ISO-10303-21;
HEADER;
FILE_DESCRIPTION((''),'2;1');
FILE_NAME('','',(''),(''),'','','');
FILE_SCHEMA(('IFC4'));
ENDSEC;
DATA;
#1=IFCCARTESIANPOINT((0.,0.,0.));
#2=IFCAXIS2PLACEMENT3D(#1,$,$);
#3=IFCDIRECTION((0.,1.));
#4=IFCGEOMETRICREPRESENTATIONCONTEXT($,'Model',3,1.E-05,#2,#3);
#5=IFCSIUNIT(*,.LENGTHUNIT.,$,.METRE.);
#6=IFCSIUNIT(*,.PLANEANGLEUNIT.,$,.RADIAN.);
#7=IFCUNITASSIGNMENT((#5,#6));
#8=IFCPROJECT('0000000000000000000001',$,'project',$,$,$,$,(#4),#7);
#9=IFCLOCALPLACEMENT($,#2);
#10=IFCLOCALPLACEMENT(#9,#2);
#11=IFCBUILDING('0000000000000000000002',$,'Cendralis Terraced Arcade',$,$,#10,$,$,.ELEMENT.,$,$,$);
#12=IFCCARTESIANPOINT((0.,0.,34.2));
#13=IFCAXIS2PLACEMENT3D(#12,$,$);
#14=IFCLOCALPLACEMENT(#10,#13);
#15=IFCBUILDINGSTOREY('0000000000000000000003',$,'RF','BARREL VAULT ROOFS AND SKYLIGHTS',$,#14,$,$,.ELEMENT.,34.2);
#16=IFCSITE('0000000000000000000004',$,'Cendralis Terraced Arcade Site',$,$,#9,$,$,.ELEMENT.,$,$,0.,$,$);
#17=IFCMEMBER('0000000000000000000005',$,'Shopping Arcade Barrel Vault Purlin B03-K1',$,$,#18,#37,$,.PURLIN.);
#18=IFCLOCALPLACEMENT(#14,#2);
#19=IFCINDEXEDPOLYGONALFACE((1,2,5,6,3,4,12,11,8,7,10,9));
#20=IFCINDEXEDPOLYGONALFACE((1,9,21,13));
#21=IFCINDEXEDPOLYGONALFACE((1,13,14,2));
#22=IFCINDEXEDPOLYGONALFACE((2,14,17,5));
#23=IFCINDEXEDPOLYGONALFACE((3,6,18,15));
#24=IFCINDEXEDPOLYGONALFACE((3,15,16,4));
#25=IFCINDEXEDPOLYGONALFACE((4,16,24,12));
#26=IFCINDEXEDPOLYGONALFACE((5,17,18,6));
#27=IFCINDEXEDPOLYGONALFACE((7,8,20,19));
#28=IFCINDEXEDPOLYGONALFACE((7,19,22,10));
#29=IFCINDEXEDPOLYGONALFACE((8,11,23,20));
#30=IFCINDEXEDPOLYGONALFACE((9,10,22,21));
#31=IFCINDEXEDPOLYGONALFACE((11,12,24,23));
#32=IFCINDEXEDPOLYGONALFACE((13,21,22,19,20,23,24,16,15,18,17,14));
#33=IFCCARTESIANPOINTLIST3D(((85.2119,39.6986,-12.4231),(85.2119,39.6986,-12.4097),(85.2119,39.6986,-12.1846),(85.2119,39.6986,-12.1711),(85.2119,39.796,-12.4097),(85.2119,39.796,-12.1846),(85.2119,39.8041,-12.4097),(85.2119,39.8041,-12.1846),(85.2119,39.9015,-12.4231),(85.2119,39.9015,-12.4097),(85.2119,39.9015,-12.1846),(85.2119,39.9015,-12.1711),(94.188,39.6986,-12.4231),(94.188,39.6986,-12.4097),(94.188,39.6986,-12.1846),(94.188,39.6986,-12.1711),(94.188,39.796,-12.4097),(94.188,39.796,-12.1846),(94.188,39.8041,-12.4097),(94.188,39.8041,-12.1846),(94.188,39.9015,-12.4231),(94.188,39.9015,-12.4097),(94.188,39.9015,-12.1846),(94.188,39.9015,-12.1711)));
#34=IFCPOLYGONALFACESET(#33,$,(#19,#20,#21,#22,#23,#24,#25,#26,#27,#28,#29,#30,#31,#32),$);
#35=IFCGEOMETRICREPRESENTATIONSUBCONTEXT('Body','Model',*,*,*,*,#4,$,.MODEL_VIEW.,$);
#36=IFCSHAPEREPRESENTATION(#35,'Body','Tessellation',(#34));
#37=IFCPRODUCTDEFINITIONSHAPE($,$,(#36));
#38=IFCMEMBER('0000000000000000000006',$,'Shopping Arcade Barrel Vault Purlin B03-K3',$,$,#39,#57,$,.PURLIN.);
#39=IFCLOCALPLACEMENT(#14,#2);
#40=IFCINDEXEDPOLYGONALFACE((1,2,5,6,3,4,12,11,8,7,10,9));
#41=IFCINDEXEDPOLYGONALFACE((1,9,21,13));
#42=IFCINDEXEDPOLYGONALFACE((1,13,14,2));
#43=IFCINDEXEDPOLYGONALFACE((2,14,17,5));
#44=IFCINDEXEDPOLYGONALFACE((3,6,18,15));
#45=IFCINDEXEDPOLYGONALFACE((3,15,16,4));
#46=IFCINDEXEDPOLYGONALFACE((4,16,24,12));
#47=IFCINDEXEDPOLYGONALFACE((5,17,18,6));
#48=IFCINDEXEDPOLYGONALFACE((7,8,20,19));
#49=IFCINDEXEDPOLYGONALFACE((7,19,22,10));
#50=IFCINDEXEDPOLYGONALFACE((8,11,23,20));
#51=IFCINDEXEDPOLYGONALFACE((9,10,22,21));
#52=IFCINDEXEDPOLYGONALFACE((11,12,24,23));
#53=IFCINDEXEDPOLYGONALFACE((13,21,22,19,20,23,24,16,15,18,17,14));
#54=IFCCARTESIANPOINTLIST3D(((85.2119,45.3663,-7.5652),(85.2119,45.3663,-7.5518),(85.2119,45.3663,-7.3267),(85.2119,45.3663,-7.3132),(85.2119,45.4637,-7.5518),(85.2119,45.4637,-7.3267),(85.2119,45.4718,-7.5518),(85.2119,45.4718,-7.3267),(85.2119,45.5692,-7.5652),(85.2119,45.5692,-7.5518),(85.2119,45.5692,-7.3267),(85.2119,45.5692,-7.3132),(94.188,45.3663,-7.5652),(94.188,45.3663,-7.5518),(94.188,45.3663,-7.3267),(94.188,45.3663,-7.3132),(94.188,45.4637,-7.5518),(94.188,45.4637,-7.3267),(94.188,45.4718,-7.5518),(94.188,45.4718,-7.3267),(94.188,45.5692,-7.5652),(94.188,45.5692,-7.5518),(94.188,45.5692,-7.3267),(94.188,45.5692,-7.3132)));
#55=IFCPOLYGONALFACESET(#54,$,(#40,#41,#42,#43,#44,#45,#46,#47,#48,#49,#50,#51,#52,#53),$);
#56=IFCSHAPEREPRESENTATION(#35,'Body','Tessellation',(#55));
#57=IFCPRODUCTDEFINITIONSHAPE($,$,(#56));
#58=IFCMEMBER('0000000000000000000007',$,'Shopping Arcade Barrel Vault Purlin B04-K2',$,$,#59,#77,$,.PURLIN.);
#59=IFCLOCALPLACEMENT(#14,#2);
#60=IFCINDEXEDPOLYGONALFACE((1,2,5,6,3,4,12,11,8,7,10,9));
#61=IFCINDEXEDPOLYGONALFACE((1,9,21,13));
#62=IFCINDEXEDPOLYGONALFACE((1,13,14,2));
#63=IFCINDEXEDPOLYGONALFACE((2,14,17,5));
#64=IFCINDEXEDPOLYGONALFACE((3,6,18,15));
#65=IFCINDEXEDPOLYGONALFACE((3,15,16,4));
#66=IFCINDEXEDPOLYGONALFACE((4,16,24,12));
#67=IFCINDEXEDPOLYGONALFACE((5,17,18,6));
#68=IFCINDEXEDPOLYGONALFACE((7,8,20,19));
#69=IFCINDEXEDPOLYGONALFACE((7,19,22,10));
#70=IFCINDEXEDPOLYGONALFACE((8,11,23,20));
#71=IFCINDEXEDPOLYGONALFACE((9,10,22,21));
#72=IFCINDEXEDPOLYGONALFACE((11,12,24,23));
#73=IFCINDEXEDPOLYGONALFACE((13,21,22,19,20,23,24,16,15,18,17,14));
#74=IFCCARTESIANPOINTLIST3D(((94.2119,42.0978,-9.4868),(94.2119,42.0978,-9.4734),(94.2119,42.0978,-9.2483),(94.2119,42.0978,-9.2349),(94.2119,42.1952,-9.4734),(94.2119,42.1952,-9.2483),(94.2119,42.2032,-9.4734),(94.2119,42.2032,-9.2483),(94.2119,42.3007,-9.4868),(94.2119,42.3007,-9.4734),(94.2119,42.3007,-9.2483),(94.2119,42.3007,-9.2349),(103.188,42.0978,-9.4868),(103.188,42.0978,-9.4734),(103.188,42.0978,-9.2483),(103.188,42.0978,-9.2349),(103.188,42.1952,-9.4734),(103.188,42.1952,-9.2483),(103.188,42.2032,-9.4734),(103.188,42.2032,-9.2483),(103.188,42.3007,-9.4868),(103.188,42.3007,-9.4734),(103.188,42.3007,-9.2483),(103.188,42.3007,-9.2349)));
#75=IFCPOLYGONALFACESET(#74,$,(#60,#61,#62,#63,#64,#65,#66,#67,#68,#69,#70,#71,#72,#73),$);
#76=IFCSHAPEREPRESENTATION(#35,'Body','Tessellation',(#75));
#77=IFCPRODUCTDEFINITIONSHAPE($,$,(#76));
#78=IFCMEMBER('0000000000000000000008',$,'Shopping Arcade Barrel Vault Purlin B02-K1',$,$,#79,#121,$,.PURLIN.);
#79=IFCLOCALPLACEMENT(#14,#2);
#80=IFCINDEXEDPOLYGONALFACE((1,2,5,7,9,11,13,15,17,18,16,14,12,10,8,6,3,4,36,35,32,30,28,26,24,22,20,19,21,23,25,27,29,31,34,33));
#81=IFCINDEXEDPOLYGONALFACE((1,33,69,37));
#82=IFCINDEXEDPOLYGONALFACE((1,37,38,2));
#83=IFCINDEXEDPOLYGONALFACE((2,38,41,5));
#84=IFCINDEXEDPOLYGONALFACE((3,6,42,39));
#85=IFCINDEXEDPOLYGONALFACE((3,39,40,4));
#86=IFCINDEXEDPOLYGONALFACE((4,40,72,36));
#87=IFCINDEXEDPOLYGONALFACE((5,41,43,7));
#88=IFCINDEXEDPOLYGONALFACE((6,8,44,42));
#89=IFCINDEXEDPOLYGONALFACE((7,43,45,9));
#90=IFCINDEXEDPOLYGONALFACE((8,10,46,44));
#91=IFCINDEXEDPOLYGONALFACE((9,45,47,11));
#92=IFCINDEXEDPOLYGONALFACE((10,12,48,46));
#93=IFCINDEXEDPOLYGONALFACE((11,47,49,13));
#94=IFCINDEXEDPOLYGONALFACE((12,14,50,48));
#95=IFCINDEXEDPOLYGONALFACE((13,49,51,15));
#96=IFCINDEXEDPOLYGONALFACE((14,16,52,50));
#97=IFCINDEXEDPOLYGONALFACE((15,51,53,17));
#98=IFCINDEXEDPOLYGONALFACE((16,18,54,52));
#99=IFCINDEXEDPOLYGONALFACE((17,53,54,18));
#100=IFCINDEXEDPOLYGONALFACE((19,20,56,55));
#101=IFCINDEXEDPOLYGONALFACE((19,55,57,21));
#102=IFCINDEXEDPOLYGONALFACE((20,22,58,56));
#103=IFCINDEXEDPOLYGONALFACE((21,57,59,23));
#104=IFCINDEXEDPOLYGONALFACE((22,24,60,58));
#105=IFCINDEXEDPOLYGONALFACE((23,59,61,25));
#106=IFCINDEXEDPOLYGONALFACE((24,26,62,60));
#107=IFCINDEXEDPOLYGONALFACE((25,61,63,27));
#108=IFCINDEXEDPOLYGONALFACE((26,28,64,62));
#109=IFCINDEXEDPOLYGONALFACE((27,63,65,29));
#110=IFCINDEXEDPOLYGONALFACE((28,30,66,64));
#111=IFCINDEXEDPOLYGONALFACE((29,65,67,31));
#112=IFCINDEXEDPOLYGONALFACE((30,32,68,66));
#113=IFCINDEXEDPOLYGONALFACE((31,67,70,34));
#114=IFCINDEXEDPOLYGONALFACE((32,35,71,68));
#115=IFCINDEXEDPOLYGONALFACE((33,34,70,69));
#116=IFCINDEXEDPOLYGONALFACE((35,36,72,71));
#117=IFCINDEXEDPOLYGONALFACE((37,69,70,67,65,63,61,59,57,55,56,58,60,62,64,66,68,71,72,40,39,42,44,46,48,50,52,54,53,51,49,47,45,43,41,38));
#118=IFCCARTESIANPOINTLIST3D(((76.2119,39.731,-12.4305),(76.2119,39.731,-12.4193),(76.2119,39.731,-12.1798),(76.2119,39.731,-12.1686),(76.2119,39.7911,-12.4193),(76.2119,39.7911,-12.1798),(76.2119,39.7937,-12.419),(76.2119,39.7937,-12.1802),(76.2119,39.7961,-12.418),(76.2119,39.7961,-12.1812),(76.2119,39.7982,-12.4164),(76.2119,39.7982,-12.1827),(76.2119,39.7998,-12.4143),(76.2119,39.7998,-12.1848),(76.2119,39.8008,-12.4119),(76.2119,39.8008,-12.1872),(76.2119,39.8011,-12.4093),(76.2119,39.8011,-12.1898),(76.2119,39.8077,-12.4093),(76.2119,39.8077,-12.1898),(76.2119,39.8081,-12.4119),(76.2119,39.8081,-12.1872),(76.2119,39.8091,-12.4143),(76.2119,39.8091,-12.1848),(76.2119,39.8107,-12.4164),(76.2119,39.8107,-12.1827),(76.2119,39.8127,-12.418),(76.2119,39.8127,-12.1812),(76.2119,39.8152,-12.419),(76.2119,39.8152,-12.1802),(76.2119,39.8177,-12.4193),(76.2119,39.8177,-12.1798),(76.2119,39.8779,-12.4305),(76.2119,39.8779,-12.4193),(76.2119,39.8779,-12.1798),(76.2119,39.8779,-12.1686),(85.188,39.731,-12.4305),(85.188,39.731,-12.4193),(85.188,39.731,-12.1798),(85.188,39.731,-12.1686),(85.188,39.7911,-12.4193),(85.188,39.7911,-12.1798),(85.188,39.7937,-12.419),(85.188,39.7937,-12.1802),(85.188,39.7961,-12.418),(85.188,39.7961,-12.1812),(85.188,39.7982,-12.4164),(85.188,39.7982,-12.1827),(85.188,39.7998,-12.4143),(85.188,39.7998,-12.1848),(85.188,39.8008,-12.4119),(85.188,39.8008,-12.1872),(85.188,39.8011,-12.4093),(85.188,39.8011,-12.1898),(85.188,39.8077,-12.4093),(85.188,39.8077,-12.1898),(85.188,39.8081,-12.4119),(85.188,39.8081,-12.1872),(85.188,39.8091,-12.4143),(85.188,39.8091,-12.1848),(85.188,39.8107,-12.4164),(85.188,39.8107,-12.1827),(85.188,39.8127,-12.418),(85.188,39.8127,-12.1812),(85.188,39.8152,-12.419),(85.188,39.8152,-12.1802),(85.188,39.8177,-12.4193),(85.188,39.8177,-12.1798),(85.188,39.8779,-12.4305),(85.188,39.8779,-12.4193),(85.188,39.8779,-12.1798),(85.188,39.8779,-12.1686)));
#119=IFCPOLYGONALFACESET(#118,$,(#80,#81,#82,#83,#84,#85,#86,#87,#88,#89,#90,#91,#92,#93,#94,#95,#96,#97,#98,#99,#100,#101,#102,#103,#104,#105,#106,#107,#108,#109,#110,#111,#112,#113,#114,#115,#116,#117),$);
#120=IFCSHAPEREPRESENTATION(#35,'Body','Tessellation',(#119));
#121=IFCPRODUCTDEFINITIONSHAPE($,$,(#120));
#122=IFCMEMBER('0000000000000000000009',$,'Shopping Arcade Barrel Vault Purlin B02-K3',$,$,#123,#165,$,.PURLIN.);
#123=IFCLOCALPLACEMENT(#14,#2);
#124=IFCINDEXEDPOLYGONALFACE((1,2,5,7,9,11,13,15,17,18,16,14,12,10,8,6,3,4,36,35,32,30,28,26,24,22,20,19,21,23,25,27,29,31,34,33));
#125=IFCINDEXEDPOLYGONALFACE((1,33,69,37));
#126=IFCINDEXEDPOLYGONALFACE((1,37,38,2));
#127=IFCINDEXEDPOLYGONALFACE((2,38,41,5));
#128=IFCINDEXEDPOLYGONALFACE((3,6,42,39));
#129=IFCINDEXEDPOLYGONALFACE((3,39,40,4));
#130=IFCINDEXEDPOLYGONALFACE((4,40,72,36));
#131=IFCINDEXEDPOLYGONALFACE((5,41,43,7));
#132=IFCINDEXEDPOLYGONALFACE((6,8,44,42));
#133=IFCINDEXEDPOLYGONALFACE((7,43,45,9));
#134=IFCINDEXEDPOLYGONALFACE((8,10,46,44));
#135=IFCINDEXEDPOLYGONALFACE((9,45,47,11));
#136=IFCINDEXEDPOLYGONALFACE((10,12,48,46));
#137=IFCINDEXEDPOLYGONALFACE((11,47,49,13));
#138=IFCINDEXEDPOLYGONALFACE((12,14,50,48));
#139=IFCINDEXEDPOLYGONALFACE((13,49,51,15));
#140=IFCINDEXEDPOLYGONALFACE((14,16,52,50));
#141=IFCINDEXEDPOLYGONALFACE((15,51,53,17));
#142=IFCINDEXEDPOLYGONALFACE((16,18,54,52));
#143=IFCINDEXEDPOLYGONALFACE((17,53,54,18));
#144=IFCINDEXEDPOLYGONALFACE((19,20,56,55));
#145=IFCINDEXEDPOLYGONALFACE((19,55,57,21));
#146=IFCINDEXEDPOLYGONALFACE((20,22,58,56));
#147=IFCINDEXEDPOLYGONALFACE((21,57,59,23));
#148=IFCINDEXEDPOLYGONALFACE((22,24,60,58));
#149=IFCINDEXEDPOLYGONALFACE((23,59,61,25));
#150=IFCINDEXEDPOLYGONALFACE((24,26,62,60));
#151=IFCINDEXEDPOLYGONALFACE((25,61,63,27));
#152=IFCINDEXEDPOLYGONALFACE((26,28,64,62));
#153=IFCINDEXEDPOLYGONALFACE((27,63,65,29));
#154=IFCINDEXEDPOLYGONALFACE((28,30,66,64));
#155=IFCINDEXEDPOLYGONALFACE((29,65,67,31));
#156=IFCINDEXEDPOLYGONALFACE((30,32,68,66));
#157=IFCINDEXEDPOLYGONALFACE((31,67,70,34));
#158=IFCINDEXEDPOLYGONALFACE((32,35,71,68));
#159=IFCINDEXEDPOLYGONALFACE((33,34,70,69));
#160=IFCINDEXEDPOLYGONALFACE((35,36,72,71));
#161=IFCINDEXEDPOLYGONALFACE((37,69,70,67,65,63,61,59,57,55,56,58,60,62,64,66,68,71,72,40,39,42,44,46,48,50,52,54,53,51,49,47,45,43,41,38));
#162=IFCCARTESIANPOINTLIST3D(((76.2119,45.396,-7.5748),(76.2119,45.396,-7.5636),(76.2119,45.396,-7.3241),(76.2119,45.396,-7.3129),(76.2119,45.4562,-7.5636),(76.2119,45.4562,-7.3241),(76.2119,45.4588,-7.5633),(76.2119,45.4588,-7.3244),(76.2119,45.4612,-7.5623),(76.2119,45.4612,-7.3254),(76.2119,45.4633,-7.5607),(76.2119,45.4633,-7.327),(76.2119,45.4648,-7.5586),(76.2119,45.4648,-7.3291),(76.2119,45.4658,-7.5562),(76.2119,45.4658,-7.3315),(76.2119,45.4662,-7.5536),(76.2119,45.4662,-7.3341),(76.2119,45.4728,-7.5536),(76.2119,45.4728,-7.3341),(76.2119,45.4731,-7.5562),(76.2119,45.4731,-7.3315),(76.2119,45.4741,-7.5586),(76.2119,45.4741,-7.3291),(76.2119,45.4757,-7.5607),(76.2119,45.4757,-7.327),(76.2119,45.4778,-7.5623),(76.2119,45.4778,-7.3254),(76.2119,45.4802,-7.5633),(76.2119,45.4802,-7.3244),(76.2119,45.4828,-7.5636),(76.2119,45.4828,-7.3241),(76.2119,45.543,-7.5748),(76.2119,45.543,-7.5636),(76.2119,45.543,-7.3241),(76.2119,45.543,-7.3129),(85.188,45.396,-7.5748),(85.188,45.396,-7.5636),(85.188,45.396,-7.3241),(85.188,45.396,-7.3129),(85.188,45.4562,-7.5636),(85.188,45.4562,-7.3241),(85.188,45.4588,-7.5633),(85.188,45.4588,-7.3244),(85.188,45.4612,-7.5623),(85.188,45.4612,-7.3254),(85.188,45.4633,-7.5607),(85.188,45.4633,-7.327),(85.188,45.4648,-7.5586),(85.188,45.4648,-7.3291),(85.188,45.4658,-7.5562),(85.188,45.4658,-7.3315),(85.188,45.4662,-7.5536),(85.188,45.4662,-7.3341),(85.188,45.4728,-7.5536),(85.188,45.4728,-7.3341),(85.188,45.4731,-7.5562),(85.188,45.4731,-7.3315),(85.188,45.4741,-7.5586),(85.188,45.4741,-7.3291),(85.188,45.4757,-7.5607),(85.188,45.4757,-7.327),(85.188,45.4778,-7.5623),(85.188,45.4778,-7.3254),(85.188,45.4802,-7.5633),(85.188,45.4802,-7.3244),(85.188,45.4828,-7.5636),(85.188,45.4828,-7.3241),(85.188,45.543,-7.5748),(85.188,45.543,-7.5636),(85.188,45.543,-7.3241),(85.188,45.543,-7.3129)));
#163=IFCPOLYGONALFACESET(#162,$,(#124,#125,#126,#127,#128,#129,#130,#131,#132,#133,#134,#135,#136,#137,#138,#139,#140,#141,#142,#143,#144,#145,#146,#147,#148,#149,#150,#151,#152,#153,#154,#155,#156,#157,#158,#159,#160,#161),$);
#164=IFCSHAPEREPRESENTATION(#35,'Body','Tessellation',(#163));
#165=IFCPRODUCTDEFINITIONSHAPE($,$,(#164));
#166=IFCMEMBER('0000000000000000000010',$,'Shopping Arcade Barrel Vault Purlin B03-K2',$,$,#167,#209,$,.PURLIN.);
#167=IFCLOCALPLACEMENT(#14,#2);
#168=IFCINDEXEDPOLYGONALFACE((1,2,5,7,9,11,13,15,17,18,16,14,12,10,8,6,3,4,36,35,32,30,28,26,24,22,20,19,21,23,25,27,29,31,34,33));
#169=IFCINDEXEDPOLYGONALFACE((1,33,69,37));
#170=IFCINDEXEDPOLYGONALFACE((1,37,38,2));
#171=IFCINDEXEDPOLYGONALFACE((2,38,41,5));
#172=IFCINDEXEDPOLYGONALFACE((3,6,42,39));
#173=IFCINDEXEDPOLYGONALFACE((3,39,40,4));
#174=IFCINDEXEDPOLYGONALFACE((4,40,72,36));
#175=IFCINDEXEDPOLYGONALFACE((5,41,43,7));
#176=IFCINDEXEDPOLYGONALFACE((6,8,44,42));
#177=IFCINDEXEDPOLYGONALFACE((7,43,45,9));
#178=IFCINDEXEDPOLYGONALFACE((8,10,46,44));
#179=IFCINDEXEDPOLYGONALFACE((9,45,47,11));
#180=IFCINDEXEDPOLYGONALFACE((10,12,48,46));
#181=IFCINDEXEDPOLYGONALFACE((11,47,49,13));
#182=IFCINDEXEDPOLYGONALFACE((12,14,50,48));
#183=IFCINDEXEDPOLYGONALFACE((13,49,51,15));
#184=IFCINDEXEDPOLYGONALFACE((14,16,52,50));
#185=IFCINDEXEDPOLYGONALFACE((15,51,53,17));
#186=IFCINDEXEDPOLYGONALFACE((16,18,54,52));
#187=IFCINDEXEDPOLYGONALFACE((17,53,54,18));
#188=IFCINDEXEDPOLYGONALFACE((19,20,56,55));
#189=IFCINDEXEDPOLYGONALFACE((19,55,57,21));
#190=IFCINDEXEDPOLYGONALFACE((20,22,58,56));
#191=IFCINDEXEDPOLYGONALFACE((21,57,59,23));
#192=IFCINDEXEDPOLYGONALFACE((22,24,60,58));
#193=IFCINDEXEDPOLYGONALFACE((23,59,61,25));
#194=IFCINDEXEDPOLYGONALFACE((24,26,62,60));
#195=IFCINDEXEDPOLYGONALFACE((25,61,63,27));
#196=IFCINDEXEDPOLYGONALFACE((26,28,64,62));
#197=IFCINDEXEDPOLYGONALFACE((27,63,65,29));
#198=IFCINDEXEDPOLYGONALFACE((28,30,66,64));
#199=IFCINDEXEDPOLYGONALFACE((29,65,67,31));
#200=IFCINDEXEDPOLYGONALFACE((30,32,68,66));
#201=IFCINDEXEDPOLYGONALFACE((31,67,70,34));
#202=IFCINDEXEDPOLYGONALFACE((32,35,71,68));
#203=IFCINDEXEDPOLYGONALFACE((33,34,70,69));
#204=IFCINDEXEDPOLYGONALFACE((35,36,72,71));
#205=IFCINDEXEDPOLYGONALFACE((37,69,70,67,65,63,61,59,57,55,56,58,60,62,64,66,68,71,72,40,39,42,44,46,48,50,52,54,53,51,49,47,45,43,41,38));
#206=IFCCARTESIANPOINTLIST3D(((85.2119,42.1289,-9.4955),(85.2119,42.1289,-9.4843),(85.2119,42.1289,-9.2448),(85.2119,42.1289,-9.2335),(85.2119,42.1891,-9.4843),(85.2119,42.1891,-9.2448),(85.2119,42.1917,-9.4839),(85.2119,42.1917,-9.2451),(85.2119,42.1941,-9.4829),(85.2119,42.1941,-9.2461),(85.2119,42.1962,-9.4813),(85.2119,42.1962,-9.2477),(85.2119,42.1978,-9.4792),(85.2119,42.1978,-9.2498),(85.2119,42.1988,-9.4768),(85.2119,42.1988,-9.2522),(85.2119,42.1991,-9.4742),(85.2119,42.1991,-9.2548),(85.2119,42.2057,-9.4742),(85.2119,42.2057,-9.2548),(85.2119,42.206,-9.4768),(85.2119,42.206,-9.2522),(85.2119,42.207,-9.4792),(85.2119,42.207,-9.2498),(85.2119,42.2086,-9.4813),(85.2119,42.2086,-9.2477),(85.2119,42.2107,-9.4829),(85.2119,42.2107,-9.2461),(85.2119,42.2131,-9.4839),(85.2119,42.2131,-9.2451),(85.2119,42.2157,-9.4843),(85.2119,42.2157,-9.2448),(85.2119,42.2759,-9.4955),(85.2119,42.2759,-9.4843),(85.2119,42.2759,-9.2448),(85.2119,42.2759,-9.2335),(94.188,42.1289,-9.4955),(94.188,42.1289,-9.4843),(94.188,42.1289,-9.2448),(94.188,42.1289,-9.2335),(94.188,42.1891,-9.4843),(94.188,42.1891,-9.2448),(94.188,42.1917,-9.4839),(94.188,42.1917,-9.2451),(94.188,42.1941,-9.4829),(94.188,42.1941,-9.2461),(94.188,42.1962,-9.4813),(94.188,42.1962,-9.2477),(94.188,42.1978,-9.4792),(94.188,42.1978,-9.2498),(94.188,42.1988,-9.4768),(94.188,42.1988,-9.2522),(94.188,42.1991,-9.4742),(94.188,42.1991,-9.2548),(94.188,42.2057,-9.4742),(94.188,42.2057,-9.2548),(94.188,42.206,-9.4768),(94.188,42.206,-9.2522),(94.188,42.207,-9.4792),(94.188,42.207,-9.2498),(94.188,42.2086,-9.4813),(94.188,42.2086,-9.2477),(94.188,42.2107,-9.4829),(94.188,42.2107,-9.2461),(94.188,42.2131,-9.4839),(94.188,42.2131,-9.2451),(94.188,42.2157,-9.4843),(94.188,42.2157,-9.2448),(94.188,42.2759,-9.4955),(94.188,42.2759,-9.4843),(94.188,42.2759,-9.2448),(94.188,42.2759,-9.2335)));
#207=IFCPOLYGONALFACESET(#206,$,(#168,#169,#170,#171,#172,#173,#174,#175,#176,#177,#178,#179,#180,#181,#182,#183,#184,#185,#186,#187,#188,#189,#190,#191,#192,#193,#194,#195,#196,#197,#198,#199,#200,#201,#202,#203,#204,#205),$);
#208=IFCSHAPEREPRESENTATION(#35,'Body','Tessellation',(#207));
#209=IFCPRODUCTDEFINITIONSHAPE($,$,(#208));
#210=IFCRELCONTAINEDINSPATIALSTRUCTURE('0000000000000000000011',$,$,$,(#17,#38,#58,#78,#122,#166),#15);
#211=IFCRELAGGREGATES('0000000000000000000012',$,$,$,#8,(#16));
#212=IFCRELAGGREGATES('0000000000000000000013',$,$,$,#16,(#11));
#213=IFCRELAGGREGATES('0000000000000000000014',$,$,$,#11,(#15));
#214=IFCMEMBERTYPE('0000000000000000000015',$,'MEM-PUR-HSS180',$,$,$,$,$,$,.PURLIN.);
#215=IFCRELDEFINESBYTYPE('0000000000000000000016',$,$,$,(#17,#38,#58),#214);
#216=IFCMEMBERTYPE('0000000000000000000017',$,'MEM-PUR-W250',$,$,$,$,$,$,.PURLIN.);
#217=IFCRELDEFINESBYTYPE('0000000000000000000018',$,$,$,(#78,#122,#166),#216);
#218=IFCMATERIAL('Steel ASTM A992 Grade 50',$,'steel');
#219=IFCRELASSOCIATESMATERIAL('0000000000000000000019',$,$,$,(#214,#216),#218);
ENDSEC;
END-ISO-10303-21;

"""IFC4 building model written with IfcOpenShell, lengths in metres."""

from ifc_helpers import new_model, si_unit, direction, frame, origin, origin_2d, place, context, subcontext, project, spatial, i_section, extrude, material, material_profile, profile_set, type_object, element, save


model = new_model("IFC4")

# Units and contexts
model_context = context("Model", 3, precision=1e-05, world=origin(), true_north=direction((0.0, 1.0)))
body_context = subcontext(model_context, "Body", "Model", "MODEL_VIEW")
ifc_project = project(units=[si_unit("LENGTHUNIT", "METRE"), si_unit("PLANEANGLEUNIT", "RADIAN")], contexts=[model_context])

# Site, building, storey
site_placement = place(None, origin())
site = spatial("IfcSite", under=ifc_project, at=site_placement, Name="Cendralis Terraced Arcade Site", CompositionType="ELEMENT", RefElevation=0.0)
building_placement = place(site_placement, origin())
building = spatial("IfcBuilding", under=site, at=building_placement, Name="Cendralis Terraced Arcade", CompositionType="ELEMENT")
storey_placement = place(building_placement, frame((0.0, 0.0, 34.2)))
storey = spatial("IfcBuildingStorey", under=building, at=storey_placement, Name="RF", Description="BARREL VAULT ROOFS AND SKYLIGHTS", CompositionType="ELEMENT", Elevation=34.2)

# Members
ifc_material_1 = material(Name="Steel ASTM A992 Grade 50", Category="steel")
ifc_material_profile_1 = material_profile(ifc_material_1, i_section(OverallWidth=0.2029, OverallDepth=0.252, WebThickness=0.0081, FlangeThickness=0.0134, at=origin_2d()), Name="W250X58", Category="LoadBearing")
ifc_profile_set_1 = profile_set([ifc_material_profile_1], Name="Steel ASTM A992 Grade 50")
member_type_1 = type_object("IfcMemberType", Name="MEM-PUR-HSS180", PredefinedType="PURLIN", material=ifc_profile_set_1)
for number, where, z_axis, x_axis, name in (
    (1, (85.2119, 39.8, -12.2971), (1.0, 0.0, 0.0), (0.0, 1.0, 0.0), "Shopping Arcade Barrel Vault Purlin B03-K1"),
    (2, (85.2119, 45.4678, -7.4392), (1.0, 0.0, 0.0), (0.0, 1.0, 0.0), "Shopping Arcade Barrel Vault Purlin B03-K3"),
    (3, (94.2119, 42.1992, -9.3608), (1.0, 0.0, 0.0), (0.0, 1.0, 0.0), "Shopping Arcade Barrel Vault Purlin B04-K2"),
):
    element("IfcMember", number, at=place(storey_placement, frame(where, z_axis=z_axis, x_axis=x_axis)), inside=storey, type_object=member_type_1, Name=name, PredefinedType="PURLIN", context=body_context, shape_type="SweptSolid", body=[
        extrude(i_section(OverallWidth=0.2029, OverallDepth=0.252, WebThickness=0.0081, FlangeThickness=0.0134, at=origin_2d()), origin(), (0.0, 0.0, 1.0), 8.9761),
    ])
ifc_material_profile_2 = material_profile(ifc_material_1, i_section(OverallWidth=0.147, OverallDepth=0.262, WebThickness=0.0066, FlangeThickness=0.0112, FilletRadius=0.01, at=origin_2d()), Name="W250X38.5", Category="LoadBearing")
ifc_profile_set_2 = profile_set([ifc_material_profile_2], Name="Steel ASTM A992 Grade 50")
member_type_2 = type_object("IfcMemberType", Name="MEM-PUR-W250", PredefinedType="PURLIN", material=ifc_profile_set_2)
for number, where, z_axis, x_axis, name in (
    (4, (76.2119, 39.8044, -12.2996), (1.0, 0.0, 0.0), (0.0, 1.0, 0.0), "Shopping Arcade Barrel Vault Purlin B02-K1"),
    (5, (76.2119, 45.4695, -7.4438), (1.0, 0.0, 0.0), (0.0, 1.0, 0.0), "Shopping Arcade Barrel Vault Purlin B02-K3"),
    (6, (85.2119, 42.2024, -9.3645), (1.0, 0.0, 0.0), (0.0, 1.0, 0.0), "Shopping Arcade Barrel Vault Purlin B03-K2"),
):
    element("IfcMember", number, at=place(storey_placement, frame(where, z_axis=z_axis, x_axis=x_axis)), inside=storey, type_object=member_type_2, Name=name, PredefinedType="PURLIN", context=body_context, shape_type="SweptSolid", body=[
        extrude(i_section(OverallWidth=0.147, OverallDepth=0.262, WebThickness=0.0066, FlangeThickness=0.0112, FilletRadius=0.01, at=origin_2d()), origin(), (0.0, 0.0, 1.0), 8.9761),
    ])

save(model, "model.ifc")
